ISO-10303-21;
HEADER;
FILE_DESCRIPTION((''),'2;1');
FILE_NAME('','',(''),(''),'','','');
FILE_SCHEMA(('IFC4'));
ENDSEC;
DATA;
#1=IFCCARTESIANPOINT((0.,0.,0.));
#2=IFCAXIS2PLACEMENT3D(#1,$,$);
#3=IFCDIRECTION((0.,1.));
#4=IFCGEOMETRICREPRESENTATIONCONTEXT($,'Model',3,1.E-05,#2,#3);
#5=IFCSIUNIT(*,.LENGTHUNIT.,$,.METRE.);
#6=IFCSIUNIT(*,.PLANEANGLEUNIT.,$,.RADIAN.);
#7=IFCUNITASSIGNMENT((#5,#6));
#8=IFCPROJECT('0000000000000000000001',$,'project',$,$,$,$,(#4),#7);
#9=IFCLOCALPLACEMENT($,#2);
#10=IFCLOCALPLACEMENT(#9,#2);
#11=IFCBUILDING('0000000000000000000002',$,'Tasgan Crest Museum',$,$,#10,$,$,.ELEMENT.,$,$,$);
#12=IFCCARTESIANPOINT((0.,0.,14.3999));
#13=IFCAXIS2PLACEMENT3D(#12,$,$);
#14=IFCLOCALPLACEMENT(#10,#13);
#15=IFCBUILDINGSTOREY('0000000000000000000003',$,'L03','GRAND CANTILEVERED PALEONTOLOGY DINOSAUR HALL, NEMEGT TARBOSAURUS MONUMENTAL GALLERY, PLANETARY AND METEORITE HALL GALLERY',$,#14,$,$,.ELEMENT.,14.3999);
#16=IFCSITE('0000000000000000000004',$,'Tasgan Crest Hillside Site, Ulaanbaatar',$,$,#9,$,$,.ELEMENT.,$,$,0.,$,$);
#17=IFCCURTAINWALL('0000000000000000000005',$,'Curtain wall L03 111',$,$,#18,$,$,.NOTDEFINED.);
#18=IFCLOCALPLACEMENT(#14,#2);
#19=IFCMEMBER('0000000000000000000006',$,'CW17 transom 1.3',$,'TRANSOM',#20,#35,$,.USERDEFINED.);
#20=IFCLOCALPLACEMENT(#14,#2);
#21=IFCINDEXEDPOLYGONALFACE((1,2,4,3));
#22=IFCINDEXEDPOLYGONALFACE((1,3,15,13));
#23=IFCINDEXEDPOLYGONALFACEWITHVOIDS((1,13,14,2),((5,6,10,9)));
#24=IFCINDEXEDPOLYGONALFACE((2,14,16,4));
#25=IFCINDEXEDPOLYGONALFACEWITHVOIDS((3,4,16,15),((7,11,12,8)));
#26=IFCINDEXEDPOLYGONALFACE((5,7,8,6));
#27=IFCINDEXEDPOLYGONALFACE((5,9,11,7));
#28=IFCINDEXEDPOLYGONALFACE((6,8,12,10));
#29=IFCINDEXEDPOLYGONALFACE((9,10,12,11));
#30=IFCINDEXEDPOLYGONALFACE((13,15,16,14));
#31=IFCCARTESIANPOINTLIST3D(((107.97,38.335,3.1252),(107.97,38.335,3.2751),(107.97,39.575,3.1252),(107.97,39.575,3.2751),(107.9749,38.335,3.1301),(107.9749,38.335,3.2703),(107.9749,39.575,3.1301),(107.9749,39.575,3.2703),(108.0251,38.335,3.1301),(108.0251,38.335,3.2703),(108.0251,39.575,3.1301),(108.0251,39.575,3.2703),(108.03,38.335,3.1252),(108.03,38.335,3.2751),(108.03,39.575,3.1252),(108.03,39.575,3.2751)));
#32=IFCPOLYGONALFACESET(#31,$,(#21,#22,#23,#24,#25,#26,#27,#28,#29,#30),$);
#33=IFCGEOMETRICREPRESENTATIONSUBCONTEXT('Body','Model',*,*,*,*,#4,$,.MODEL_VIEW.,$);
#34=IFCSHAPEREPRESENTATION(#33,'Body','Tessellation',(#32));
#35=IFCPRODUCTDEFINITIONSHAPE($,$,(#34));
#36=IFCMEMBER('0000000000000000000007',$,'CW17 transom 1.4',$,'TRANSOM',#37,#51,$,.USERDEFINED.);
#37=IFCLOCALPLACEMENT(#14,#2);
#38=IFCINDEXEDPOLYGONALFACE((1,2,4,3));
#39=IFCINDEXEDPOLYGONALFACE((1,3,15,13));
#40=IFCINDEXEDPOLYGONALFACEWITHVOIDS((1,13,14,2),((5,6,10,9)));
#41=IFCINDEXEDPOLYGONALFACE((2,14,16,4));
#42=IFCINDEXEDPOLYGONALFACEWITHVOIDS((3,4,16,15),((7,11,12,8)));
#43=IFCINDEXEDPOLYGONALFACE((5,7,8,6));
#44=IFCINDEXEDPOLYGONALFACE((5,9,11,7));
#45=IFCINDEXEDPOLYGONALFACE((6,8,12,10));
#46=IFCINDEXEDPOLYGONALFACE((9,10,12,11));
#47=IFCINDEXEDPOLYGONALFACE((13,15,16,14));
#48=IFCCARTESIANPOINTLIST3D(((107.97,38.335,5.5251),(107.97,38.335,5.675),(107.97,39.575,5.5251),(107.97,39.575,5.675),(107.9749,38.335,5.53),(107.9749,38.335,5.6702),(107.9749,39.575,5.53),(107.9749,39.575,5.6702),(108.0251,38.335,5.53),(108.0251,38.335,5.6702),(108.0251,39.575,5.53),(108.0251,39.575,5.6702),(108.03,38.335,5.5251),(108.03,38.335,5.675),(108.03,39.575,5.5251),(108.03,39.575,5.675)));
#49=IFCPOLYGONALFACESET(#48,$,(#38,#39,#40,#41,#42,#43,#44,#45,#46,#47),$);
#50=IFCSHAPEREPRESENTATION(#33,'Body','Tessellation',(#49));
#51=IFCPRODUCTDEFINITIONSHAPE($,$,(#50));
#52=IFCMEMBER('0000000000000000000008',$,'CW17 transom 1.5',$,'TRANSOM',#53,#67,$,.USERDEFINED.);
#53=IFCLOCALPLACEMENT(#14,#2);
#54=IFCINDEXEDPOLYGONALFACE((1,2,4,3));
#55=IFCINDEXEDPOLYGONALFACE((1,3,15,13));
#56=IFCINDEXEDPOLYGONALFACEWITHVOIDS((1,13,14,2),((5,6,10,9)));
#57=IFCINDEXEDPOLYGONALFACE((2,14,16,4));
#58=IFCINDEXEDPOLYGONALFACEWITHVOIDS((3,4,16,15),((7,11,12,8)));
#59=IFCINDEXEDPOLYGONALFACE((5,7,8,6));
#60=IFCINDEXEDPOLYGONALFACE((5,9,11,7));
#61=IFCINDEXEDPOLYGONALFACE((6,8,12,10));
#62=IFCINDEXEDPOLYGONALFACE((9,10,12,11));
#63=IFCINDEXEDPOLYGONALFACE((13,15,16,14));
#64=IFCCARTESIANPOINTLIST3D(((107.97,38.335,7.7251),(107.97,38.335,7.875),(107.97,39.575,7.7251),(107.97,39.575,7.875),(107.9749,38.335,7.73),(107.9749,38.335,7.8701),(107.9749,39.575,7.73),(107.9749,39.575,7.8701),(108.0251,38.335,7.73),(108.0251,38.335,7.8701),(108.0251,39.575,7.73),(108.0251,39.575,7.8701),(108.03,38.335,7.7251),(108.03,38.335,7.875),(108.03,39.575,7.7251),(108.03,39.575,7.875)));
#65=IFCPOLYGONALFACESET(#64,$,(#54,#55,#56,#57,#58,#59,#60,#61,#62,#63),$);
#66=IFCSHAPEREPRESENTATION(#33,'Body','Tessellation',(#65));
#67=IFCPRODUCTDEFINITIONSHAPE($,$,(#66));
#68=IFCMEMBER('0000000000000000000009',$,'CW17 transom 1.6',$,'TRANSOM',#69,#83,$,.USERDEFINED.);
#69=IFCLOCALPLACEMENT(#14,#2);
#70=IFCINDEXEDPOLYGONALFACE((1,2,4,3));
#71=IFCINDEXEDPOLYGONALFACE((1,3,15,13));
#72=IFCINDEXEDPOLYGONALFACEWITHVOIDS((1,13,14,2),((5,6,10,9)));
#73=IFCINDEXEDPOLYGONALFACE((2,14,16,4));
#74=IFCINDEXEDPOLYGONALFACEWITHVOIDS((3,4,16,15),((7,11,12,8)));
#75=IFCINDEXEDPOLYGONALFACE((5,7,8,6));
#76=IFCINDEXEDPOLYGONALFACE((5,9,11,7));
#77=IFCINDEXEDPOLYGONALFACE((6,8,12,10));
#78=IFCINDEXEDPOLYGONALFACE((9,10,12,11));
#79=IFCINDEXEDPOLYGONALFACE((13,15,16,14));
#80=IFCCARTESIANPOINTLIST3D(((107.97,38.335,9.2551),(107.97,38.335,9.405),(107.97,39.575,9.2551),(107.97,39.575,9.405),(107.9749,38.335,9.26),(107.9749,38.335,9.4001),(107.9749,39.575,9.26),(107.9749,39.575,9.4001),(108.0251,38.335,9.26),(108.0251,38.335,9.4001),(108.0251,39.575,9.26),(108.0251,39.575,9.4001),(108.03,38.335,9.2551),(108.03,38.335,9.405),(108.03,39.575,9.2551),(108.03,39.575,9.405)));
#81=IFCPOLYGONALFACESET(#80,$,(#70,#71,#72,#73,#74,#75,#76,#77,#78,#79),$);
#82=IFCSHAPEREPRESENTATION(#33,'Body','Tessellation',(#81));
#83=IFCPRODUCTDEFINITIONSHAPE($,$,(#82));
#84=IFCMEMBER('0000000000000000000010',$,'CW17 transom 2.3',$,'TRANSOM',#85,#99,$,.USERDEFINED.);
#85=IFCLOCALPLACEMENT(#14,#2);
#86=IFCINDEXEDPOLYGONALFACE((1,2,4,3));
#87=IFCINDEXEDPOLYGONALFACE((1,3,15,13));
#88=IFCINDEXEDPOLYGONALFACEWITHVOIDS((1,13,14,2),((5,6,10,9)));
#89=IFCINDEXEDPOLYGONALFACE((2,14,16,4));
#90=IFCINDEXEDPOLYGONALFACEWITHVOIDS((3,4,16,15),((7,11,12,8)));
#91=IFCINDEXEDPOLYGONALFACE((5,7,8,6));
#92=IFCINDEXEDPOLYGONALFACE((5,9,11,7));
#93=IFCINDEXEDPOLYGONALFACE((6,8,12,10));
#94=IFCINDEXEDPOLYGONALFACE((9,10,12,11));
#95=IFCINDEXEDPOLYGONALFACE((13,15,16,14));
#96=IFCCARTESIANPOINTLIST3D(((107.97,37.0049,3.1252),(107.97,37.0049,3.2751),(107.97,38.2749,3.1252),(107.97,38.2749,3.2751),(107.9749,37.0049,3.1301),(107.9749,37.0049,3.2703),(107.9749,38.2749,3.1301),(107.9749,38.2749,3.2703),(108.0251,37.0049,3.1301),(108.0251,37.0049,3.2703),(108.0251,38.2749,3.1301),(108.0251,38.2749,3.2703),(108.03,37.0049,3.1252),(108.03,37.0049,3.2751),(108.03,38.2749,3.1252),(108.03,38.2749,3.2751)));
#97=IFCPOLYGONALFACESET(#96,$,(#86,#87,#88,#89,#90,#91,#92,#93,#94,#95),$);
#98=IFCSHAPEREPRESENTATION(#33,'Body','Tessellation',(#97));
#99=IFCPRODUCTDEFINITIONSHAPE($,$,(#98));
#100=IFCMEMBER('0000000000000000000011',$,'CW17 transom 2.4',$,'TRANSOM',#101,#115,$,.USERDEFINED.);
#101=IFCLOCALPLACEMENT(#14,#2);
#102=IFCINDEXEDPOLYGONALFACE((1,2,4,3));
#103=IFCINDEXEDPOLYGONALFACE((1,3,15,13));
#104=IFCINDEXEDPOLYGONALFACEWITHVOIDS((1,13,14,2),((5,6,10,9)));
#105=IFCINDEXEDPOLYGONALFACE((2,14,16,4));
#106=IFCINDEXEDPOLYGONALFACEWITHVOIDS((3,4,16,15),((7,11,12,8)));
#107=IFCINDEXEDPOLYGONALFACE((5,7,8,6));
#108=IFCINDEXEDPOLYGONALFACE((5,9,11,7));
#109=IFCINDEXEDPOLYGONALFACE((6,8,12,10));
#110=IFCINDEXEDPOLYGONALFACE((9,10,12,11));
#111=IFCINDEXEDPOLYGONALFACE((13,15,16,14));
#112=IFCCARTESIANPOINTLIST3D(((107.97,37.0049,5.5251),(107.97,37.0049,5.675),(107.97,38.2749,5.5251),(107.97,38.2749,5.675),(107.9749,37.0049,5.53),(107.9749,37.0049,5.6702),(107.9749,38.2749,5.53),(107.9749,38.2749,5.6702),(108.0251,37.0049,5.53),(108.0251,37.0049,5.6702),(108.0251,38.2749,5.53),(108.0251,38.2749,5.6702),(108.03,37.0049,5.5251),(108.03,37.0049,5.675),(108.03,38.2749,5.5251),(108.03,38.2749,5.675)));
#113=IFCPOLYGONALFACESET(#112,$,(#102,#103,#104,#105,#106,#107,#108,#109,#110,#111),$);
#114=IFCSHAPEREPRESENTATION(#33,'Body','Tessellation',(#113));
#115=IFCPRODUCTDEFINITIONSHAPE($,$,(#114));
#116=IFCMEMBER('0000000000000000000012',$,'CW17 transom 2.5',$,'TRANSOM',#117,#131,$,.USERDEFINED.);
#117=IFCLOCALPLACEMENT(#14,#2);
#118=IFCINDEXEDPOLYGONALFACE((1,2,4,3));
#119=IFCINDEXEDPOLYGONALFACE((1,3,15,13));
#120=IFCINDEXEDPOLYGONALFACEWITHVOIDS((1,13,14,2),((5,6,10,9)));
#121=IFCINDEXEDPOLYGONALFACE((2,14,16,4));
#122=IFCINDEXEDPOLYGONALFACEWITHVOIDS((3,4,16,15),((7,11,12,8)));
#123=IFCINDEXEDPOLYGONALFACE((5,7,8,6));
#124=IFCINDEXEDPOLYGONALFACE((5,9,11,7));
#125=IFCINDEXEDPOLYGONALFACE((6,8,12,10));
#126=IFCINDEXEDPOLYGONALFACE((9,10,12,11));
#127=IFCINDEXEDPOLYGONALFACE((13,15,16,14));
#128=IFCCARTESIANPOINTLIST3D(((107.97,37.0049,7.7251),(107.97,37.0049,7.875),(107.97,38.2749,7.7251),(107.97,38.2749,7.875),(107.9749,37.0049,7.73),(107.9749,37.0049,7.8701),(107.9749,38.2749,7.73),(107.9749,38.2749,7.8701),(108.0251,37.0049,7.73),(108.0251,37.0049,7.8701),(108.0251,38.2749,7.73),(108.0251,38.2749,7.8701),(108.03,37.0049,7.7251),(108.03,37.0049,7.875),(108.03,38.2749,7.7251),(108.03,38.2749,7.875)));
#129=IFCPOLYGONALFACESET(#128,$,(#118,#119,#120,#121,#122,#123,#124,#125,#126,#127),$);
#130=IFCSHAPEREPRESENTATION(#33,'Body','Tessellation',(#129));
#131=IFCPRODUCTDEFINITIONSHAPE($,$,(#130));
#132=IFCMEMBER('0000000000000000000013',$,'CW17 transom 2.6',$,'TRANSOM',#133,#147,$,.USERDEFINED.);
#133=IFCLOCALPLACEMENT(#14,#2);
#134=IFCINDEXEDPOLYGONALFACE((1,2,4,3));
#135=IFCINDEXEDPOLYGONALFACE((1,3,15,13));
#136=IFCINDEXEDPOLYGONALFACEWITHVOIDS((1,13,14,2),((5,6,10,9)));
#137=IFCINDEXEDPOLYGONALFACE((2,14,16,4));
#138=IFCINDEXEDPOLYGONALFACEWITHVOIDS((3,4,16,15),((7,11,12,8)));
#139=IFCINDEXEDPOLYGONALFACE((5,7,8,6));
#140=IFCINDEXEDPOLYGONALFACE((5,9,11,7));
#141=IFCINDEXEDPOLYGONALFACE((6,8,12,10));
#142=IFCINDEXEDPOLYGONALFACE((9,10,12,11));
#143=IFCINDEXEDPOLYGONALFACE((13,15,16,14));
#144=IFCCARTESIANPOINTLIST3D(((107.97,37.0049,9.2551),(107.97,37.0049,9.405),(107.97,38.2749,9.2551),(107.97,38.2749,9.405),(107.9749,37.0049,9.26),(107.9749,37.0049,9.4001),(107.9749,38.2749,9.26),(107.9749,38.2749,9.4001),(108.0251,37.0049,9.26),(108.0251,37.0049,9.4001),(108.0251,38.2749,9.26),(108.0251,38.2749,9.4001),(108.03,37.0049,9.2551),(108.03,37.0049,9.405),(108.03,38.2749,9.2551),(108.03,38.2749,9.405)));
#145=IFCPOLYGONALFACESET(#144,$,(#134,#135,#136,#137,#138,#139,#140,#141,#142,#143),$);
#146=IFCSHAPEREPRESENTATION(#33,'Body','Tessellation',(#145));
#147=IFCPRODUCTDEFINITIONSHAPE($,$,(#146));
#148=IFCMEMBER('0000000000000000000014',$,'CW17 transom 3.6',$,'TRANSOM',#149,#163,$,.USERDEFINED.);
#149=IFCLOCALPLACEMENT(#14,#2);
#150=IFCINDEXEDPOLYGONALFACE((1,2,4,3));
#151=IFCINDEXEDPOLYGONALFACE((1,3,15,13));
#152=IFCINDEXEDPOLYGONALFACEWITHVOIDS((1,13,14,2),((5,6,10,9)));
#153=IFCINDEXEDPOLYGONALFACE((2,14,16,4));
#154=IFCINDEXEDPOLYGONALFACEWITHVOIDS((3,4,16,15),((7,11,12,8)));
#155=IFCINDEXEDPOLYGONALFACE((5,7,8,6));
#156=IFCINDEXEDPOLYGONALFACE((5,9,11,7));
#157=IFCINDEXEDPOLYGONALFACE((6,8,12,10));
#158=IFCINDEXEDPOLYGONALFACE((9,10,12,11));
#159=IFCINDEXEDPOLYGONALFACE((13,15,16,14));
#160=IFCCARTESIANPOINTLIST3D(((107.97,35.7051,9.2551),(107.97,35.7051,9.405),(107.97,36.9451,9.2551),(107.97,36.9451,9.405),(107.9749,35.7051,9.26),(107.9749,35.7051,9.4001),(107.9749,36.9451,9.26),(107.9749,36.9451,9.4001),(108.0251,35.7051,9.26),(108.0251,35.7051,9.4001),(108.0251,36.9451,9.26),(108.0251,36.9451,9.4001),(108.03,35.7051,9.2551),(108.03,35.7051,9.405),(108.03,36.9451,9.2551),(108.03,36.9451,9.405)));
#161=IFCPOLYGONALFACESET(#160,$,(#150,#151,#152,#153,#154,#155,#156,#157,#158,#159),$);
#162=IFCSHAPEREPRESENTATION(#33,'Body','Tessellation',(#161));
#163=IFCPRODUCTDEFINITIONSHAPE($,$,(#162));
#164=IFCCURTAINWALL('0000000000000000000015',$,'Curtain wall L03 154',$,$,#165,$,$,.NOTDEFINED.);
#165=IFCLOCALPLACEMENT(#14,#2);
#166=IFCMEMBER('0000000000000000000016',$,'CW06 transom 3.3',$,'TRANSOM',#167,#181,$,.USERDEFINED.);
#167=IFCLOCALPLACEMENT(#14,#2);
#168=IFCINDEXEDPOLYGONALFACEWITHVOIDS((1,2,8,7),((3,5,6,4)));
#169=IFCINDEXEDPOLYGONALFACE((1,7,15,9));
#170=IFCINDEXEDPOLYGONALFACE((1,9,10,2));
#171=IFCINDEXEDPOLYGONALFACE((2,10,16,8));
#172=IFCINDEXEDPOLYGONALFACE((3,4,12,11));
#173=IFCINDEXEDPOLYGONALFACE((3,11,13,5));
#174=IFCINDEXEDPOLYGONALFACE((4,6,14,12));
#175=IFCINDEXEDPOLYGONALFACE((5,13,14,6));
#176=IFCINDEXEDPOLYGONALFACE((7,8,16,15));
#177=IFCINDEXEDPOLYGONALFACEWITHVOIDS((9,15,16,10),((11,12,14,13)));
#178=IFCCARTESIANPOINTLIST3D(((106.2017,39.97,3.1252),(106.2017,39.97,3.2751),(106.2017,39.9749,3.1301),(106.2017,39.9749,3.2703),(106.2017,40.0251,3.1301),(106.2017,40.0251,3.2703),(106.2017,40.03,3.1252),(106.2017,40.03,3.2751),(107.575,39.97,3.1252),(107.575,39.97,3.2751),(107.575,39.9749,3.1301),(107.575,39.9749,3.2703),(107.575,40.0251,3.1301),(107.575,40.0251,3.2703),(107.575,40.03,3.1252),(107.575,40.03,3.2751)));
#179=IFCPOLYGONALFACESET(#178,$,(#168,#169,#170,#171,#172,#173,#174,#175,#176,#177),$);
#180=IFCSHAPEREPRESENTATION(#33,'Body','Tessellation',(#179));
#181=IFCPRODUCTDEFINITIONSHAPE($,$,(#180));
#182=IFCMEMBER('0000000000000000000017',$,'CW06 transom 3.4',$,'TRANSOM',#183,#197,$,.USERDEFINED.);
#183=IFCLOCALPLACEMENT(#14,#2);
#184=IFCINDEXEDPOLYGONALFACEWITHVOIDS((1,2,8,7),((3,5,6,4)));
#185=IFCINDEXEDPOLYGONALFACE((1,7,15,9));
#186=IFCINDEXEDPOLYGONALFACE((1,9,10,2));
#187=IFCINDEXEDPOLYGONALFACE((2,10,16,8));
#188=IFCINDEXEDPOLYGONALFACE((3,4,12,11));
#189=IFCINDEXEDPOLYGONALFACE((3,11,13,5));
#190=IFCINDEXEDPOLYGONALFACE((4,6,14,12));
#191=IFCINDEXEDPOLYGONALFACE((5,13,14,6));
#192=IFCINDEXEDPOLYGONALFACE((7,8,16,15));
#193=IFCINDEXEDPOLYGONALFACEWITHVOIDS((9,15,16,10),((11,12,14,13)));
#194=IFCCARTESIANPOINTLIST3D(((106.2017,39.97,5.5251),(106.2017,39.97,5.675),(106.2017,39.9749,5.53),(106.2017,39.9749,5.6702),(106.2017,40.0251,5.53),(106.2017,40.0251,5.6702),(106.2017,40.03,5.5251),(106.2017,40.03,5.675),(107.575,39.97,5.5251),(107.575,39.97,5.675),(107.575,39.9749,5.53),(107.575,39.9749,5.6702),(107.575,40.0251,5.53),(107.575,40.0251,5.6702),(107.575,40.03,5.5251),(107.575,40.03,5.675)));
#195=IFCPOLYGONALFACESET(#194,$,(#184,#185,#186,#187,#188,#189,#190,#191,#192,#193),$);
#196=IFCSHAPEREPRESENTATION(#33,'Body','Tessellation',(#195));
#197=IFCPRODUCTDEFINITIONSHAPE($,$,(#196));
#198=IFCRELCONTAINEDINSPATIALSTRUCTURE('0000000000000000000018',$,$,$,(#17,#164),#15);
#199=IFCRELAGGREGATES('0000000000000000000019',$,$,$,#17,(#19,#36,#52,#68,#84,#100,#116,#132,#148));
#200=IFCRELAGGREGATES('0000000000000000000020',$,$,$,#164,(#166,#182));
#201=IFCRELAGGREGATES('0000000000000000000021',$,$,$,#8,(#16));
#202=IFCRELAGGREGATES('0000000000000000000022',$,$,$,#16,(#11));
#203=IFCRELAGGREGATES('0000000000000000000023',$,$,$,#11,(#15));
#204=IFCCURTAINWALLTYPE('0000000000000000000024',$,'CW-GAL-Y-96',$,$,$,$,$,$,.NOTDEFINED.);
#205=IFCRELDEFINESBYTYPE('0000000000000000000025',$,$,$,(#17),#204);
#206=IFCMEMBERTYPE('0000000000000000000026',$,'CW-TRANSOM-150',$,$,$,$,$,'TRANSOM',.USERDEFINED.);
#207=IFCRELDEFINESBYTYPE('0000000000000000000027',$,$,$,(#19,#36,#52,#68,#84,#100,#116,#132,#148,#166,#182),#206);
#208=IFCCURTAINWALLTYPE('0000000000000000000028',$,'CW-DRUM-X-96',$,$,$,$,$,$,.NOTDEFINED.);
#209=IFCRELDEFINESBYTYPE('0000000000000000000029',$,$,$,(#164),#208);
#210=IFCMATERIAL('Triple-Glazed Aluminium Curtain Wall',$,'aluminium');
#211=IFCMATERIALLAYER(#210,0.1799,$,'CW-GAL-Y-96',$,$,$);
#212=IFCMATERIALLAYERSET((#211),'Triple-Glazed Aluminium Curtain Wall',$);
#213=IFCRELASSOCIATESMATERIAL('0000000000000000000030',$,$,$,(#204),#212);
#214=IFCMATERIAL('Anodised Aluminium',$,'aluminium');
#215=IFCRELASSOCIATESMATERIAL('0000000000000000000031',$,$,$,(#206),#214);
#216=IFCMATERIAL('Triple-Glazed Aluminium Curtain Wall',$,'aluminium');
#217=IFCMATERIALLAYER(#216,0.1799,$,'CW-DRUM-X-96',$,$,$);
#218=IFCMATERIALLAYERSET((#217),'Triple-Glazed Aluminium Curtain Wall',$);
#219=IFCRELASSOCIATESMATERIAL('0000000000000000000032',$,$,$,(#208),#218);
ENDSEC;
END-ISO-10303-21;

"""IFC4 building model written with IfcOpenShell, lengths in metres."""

from ifc_helpers import new_model, si_unit, direction, frame, origin, origin_2d, place, context, subcontext, project, spatial, hollow_rectangle, extrude, material, layer, layer_set, material_profile, profile_set, type_object, element, aggregate, save


model = new_model("IFC4")

# Units and contexts
model_context = context("Model", 3, precision=1e-05, world=origin(), true_north=direction((0.0, 1.0)))
body_context = subcontext(model_context, "Body", "Model", "MODEL_VIEW")
ifc_project = project(units=[si_unit("LENGTHUNIT", "METRE"), si_unit("PLANEANGLEUNIT", "RADIAN")], contexts=[model_context])

# Site, building, storey
site_placement = place(None, origin())
site = spatial("IfcSite", under=ifc_project, at=site_placement, Name="Tasgan Crest Hillside Site, Ulaanbaatar", CompositionType="ELEMENT", RefElevation=0.0)
building_placement = place(site_placement, origin())
building = spatial("IfcBuilding", under=site, at=building_placement, Name="Tasgan Crest Museum", CompositionType="ELEMENT")
storey_placement = place(building_placement, frame((0.0, 0.0, 14.3999)))
storey = spatial("IfcBuildingStorey", under=building, at=storey_placement, Name="L03", Description="GRAND CANTILEVERED PALEONTOLOGY DINOSAUR HALL, NEMEGT TARBOSAURUS MONUMENTAL GALLERY, PLANETARY AND METEORITE HALL GALLERY", CompositionType="ELEMENT", Elevation=14.3999)

# Curtain walls, members
ifc_material_1 = material(Name="Triple-Glazed Aluminium Curtain Wall", Category="aluminium")
ifc_layer_1 = layer(ifc_material_1, 0.1799, Name="CW-GAL-Y-96")
ifc_layer_set_1 = layer_set([ifc_layer_1], Name="Triple-Glazed Aluminium Curtain Wall")
curtain_wall_type_1 = type_object("IfcCurtainWallType", Name="CW-GAL-Y-96", PredefinedType="NOTDEFINED", material=ifc_layer_set_1)
curtain_wall_1_placement = place(storey_placement, origin())
curtain_wall_1 = element("IfcCurtainWall", 1, at=curtain_wall_1_placement, inside=storey, type_object=curtain_wall_type_1, Name="Curtain wall L03 111", PredefinedType="NOTDEFINED")
ifc_material_2 = material(Name="Anodised Aluminium", Category="aluminium")
ifc_material_profile = material_profile(ifc_material_2, hollow_rectangle(XDim=0.0601, YDim=0.1499, WallThickness=0.0049, at=origin_2d()), Name="ALU TRANSOM 150x60x5")
ifc_profile_set = profile_set([ifc_material_profile], Name="Anodised Aluminium")
member_type = type_object("IfcMemberType", Name="CW-TRANSOM-150", ElementType="TRANSOM", PredefinedType="USERDEFINED", material=ifc_profile_set)
member_1_placement = place(storey_placement, frame((108.0, 39.575, 3.2002), z_axis=(0.0, -1.0, 0.0), x_axis=(1.0, 0.0, 0.0)))
member_1 = element("IfcMember", 2, at=member_1_placement, type_object=member_type, Name="CW17 transom 1.3", ObjectType="TRANSOM", PredefinedType="USERDEFINED", context=body_context, shape_type="SweptSolid", body=[
    extrude(hollow_rectangle(XDim=0.0601, YDim=0.1499, WallThickness=0.0049, at=origin_2d()), origin(), (0.0, 0.0, 1.0), 1.24),
])
member_2_placement = place(storey_placement, frame((108.0, 39.575, 5.6001), z_axis=(0.0, -1.0, 0.0), x_axis=(1.0, 0.0, 0.0)))
member_2 = element("IfcMember", 3, at=member_2_placement, type_object=member_type, Name="CW17 transom 1.4", ObjectType="TRANSOM", PredefinedType="USERDEFINED", context=body_context, shape_type="SweptSolid", body=[
    extrude(hollow_rectangle(XDim=0.0601, YDim=0.1499, WallThickness=0.0049, at=origin_2d()), origin(), (0.0, 0.0, 1.0), 1.24),
])
member_3_placement = place(storey_placement, frame((108.0, 39.575, 7.8), z_axis=(0.0, -1.0, 0.0), x_axis=(1.0, 0.0, 0.0)))
member_3 = element("IfcMember", 4, at=member_3_placement, type_object=member_type, Name="CW17 transom 1.5", ObjectType="TRANSOM", PredefinedType="USERDEFINED", context=body_context, shape_type="SweptSolid", body=[
    extrude(hollow_rectangle(XDim=0.0601, YDim=0.1499, WallThickness=0.0049, at=origin_2d()), origin(), (0.0, 0.0, 1.0), 1.24),
])
member_4_placement = place(storey_placement, frame((108.0, 39.575, 9.3301), z_axis=(0.0, -1.0, 0.0), x_axis=(1.0, 0.0, 0.0)))
member_4 = element("IfcMember", 5, at=member_4_placement, type_object=member_type, Name="CW17 transom 1.6", ObjectType="TRANSOM", PredefinedType="USERDEFINED", context=body_context, shape_type="SweptSolid", body=[
    extrude(hollow_rectangle(XDim=0.0601, YDim=0.1499, WallThickness=0.0049, at=origin_2d()), origin(), (0.0, 0.0, 1.0), 1.24),
])
member_5_placement = place(storey_placement, frame((108.0, 38.2749, 3.2002), z_axis=(0.0, -1.0, 0.0), x_axis=(1.0, 0.0, 0.0)))
member_5 = element("IfcMember", 6, at=member_5_placement, type_object=member_type, Name="CW17 transom 2.3", ObjectType="TRANSOM", PredefinedType="USERDEFINED", context=body_context, shape_type="SweptSolid", body=[
    extrude(hollow_rectangle(XDim=0.0601, YDim=0.1499, WallThickness=0.0049, at=origin_2d()), origin(), (0.0, 0.0, 1.0), 1.27),
])
member_6_placement = place(storey_placement, frame((108.0, 38.2749, 5.6001), z_axis=(0.0, -1.0, 0.0), x_axis=(1.0, 0.0, 0.0)))
member_6 = element("IfcMember", 7, at=member_6_placement, type_object=member_type, Name="CW17 transom 2.4", ObjectType="TRANSOM", PredefinedType="USERDEFINED", context=body_context, shape_type="SweptSolid", body=[
    extrude(hollow_rectangle(XDim=0.0601, YDim=0.1499, WallThickness=0.0049, at=origin_2d()), origin(), (0.0, 0.0, 1.0), 1.27),
])
member_7_placement = place(storey_placement, frame((108.0, 38.2749, 7.8), z_axis=(0.0, -1.0, 0.0), x_axis=(1.0, 0.0, 0.0)))
member_7 = element("IfcMember", 8, at=member_7_placement, type_object=member_type, Name="CW17 transom 2.5", ObjectType="TRANSOM", PredefinedType="USERDEFINED", context=body_context, shape_type="SweptSolid", body=[
    extrude(hollow_rectangle(XDim=0.0601, YDim=0.1499, WallThickness=0.0049, at=origin_2d()), origin(), (0.0, 0.0, 1.0), 1.27),
])
member_8_placement = place(storey_placement, frame((108.0, 38.2749, 9.3301), z_axis=(0.0, -1.0, 0.0), x_axis=(1.0, 0.0, 0.0)))
member_8 = element("IfcMember", 9, at=member_8_placement, type_object=member_type, Name="CW17 transom 2.6", ObjectType="TRANSOM", PredefinedType="USERDEFINED", context=body_context, shape_type="SweptSolid", body=[
    extrude(hollow_rectangle(XDim=0.0601, YDim=0.1499, WallThickness=0.0049, at=origin_2d()), origin(), (0.0, 0.0, 1.0), 1.27),
])
member_9_placement = place(storey_placement, frame((108.0, 36.9451, 9.3301), z_axis=(0.0, -1.0, 0.0), x_axis=(1.0, 0.0, 0.0)))
member_9 = element("IfcMember", 10, at=member_9_placement, type_object=member_type, Name="CW17 transom 3.6", ObjectType="TRANSOM", PredefinedType="USERDEFINED", context=body_context, shape_type="SweptSolid", body=[
    extrude(hollow_rectangle(XDim=0.0601, YDim=0.1499, WallThickness=0.0049, at=origin_2d()), origin(), (0.0, 0.0, 1.0), 1.24),
])
ifc_material_3 = material(Name="Triple-Glazed Aluminium Curtain Wall", Category="aluminium")
ifc_layer_2 = layer(ifc_material_3, 0.1799, Name="CW-DRUM-X-96")
ifc_layer_set_2 = layer_set([ifc_layer_2], Name="Triple-Glazed Aluminium Curtain Wall")
curtain_wall_type_2 = type_object("IfcCurtainWallType", Name="CW-DRUM-X-96", PredefinedType="NOTDEFINED", material=ifc_layer_set_2)
curtain_wall_2_placement = place(storey_placement, origin())
curtain_wall_2 = element("IfcCurtainWall", 11, at=curtain_wall_2_placement, inside=storey, type_object=curtain_wall_type_2, Name="Curtain wall L03 154", PredefinedType="NOTDEFINED")
member_10_placement = place(storey_placement, frame((106.2017, 40.0, 3.2002), z_axis=(1.0, 0.0, 0.0), x_axis=(0.0, 1.0, 0.0)))
member_10 = element("IfcMember", 12, at=member_10_placement, type_object=member_type, Name="CW06 transom 3.3", ObjectType="TRANSOM", PredefinedType="USERDEFINED", context=body_context, shape_type="SweptSolid", body=[
    extrude(hollow_rectangle(XDim=0.0601, YDim=0.1499, WallThickness=0.0049, at=origin_2d()), origin(), (0.0, 0.0, 1.0), 1.3733),
])
member_11_placement = place(storey_placement, frame((106.2017, 40.0, 5.6001), z_axis=(1.0, 0.0, 0.0), x_axis=(0.0, 1.0, 0.0)))
member_11 = element("IfcMember", 13, at=member_11_placement, type_object=member_type, Name="CW06 transom 3.4", ObjectType="TRANSOM", PredefinedType="USERDEFINED", context=body_context, shape_type="SweptSolid", body=[
    extrude(hollow_rectangle(XDim=0.0601, YDim=0.1499, WallThickness=0.0049, at=origin_2d()), origin(), (0.0, 0.0, 1.0), 1.3733),
])

aggregate(curtain_wall_1, [member_1, member_2, member_3, member_4, member_5, member_6, member_7, member_8, member_9])
aggregate(curtain_wall_2, [member_10, member_11])

save(model, "model.ifc")
